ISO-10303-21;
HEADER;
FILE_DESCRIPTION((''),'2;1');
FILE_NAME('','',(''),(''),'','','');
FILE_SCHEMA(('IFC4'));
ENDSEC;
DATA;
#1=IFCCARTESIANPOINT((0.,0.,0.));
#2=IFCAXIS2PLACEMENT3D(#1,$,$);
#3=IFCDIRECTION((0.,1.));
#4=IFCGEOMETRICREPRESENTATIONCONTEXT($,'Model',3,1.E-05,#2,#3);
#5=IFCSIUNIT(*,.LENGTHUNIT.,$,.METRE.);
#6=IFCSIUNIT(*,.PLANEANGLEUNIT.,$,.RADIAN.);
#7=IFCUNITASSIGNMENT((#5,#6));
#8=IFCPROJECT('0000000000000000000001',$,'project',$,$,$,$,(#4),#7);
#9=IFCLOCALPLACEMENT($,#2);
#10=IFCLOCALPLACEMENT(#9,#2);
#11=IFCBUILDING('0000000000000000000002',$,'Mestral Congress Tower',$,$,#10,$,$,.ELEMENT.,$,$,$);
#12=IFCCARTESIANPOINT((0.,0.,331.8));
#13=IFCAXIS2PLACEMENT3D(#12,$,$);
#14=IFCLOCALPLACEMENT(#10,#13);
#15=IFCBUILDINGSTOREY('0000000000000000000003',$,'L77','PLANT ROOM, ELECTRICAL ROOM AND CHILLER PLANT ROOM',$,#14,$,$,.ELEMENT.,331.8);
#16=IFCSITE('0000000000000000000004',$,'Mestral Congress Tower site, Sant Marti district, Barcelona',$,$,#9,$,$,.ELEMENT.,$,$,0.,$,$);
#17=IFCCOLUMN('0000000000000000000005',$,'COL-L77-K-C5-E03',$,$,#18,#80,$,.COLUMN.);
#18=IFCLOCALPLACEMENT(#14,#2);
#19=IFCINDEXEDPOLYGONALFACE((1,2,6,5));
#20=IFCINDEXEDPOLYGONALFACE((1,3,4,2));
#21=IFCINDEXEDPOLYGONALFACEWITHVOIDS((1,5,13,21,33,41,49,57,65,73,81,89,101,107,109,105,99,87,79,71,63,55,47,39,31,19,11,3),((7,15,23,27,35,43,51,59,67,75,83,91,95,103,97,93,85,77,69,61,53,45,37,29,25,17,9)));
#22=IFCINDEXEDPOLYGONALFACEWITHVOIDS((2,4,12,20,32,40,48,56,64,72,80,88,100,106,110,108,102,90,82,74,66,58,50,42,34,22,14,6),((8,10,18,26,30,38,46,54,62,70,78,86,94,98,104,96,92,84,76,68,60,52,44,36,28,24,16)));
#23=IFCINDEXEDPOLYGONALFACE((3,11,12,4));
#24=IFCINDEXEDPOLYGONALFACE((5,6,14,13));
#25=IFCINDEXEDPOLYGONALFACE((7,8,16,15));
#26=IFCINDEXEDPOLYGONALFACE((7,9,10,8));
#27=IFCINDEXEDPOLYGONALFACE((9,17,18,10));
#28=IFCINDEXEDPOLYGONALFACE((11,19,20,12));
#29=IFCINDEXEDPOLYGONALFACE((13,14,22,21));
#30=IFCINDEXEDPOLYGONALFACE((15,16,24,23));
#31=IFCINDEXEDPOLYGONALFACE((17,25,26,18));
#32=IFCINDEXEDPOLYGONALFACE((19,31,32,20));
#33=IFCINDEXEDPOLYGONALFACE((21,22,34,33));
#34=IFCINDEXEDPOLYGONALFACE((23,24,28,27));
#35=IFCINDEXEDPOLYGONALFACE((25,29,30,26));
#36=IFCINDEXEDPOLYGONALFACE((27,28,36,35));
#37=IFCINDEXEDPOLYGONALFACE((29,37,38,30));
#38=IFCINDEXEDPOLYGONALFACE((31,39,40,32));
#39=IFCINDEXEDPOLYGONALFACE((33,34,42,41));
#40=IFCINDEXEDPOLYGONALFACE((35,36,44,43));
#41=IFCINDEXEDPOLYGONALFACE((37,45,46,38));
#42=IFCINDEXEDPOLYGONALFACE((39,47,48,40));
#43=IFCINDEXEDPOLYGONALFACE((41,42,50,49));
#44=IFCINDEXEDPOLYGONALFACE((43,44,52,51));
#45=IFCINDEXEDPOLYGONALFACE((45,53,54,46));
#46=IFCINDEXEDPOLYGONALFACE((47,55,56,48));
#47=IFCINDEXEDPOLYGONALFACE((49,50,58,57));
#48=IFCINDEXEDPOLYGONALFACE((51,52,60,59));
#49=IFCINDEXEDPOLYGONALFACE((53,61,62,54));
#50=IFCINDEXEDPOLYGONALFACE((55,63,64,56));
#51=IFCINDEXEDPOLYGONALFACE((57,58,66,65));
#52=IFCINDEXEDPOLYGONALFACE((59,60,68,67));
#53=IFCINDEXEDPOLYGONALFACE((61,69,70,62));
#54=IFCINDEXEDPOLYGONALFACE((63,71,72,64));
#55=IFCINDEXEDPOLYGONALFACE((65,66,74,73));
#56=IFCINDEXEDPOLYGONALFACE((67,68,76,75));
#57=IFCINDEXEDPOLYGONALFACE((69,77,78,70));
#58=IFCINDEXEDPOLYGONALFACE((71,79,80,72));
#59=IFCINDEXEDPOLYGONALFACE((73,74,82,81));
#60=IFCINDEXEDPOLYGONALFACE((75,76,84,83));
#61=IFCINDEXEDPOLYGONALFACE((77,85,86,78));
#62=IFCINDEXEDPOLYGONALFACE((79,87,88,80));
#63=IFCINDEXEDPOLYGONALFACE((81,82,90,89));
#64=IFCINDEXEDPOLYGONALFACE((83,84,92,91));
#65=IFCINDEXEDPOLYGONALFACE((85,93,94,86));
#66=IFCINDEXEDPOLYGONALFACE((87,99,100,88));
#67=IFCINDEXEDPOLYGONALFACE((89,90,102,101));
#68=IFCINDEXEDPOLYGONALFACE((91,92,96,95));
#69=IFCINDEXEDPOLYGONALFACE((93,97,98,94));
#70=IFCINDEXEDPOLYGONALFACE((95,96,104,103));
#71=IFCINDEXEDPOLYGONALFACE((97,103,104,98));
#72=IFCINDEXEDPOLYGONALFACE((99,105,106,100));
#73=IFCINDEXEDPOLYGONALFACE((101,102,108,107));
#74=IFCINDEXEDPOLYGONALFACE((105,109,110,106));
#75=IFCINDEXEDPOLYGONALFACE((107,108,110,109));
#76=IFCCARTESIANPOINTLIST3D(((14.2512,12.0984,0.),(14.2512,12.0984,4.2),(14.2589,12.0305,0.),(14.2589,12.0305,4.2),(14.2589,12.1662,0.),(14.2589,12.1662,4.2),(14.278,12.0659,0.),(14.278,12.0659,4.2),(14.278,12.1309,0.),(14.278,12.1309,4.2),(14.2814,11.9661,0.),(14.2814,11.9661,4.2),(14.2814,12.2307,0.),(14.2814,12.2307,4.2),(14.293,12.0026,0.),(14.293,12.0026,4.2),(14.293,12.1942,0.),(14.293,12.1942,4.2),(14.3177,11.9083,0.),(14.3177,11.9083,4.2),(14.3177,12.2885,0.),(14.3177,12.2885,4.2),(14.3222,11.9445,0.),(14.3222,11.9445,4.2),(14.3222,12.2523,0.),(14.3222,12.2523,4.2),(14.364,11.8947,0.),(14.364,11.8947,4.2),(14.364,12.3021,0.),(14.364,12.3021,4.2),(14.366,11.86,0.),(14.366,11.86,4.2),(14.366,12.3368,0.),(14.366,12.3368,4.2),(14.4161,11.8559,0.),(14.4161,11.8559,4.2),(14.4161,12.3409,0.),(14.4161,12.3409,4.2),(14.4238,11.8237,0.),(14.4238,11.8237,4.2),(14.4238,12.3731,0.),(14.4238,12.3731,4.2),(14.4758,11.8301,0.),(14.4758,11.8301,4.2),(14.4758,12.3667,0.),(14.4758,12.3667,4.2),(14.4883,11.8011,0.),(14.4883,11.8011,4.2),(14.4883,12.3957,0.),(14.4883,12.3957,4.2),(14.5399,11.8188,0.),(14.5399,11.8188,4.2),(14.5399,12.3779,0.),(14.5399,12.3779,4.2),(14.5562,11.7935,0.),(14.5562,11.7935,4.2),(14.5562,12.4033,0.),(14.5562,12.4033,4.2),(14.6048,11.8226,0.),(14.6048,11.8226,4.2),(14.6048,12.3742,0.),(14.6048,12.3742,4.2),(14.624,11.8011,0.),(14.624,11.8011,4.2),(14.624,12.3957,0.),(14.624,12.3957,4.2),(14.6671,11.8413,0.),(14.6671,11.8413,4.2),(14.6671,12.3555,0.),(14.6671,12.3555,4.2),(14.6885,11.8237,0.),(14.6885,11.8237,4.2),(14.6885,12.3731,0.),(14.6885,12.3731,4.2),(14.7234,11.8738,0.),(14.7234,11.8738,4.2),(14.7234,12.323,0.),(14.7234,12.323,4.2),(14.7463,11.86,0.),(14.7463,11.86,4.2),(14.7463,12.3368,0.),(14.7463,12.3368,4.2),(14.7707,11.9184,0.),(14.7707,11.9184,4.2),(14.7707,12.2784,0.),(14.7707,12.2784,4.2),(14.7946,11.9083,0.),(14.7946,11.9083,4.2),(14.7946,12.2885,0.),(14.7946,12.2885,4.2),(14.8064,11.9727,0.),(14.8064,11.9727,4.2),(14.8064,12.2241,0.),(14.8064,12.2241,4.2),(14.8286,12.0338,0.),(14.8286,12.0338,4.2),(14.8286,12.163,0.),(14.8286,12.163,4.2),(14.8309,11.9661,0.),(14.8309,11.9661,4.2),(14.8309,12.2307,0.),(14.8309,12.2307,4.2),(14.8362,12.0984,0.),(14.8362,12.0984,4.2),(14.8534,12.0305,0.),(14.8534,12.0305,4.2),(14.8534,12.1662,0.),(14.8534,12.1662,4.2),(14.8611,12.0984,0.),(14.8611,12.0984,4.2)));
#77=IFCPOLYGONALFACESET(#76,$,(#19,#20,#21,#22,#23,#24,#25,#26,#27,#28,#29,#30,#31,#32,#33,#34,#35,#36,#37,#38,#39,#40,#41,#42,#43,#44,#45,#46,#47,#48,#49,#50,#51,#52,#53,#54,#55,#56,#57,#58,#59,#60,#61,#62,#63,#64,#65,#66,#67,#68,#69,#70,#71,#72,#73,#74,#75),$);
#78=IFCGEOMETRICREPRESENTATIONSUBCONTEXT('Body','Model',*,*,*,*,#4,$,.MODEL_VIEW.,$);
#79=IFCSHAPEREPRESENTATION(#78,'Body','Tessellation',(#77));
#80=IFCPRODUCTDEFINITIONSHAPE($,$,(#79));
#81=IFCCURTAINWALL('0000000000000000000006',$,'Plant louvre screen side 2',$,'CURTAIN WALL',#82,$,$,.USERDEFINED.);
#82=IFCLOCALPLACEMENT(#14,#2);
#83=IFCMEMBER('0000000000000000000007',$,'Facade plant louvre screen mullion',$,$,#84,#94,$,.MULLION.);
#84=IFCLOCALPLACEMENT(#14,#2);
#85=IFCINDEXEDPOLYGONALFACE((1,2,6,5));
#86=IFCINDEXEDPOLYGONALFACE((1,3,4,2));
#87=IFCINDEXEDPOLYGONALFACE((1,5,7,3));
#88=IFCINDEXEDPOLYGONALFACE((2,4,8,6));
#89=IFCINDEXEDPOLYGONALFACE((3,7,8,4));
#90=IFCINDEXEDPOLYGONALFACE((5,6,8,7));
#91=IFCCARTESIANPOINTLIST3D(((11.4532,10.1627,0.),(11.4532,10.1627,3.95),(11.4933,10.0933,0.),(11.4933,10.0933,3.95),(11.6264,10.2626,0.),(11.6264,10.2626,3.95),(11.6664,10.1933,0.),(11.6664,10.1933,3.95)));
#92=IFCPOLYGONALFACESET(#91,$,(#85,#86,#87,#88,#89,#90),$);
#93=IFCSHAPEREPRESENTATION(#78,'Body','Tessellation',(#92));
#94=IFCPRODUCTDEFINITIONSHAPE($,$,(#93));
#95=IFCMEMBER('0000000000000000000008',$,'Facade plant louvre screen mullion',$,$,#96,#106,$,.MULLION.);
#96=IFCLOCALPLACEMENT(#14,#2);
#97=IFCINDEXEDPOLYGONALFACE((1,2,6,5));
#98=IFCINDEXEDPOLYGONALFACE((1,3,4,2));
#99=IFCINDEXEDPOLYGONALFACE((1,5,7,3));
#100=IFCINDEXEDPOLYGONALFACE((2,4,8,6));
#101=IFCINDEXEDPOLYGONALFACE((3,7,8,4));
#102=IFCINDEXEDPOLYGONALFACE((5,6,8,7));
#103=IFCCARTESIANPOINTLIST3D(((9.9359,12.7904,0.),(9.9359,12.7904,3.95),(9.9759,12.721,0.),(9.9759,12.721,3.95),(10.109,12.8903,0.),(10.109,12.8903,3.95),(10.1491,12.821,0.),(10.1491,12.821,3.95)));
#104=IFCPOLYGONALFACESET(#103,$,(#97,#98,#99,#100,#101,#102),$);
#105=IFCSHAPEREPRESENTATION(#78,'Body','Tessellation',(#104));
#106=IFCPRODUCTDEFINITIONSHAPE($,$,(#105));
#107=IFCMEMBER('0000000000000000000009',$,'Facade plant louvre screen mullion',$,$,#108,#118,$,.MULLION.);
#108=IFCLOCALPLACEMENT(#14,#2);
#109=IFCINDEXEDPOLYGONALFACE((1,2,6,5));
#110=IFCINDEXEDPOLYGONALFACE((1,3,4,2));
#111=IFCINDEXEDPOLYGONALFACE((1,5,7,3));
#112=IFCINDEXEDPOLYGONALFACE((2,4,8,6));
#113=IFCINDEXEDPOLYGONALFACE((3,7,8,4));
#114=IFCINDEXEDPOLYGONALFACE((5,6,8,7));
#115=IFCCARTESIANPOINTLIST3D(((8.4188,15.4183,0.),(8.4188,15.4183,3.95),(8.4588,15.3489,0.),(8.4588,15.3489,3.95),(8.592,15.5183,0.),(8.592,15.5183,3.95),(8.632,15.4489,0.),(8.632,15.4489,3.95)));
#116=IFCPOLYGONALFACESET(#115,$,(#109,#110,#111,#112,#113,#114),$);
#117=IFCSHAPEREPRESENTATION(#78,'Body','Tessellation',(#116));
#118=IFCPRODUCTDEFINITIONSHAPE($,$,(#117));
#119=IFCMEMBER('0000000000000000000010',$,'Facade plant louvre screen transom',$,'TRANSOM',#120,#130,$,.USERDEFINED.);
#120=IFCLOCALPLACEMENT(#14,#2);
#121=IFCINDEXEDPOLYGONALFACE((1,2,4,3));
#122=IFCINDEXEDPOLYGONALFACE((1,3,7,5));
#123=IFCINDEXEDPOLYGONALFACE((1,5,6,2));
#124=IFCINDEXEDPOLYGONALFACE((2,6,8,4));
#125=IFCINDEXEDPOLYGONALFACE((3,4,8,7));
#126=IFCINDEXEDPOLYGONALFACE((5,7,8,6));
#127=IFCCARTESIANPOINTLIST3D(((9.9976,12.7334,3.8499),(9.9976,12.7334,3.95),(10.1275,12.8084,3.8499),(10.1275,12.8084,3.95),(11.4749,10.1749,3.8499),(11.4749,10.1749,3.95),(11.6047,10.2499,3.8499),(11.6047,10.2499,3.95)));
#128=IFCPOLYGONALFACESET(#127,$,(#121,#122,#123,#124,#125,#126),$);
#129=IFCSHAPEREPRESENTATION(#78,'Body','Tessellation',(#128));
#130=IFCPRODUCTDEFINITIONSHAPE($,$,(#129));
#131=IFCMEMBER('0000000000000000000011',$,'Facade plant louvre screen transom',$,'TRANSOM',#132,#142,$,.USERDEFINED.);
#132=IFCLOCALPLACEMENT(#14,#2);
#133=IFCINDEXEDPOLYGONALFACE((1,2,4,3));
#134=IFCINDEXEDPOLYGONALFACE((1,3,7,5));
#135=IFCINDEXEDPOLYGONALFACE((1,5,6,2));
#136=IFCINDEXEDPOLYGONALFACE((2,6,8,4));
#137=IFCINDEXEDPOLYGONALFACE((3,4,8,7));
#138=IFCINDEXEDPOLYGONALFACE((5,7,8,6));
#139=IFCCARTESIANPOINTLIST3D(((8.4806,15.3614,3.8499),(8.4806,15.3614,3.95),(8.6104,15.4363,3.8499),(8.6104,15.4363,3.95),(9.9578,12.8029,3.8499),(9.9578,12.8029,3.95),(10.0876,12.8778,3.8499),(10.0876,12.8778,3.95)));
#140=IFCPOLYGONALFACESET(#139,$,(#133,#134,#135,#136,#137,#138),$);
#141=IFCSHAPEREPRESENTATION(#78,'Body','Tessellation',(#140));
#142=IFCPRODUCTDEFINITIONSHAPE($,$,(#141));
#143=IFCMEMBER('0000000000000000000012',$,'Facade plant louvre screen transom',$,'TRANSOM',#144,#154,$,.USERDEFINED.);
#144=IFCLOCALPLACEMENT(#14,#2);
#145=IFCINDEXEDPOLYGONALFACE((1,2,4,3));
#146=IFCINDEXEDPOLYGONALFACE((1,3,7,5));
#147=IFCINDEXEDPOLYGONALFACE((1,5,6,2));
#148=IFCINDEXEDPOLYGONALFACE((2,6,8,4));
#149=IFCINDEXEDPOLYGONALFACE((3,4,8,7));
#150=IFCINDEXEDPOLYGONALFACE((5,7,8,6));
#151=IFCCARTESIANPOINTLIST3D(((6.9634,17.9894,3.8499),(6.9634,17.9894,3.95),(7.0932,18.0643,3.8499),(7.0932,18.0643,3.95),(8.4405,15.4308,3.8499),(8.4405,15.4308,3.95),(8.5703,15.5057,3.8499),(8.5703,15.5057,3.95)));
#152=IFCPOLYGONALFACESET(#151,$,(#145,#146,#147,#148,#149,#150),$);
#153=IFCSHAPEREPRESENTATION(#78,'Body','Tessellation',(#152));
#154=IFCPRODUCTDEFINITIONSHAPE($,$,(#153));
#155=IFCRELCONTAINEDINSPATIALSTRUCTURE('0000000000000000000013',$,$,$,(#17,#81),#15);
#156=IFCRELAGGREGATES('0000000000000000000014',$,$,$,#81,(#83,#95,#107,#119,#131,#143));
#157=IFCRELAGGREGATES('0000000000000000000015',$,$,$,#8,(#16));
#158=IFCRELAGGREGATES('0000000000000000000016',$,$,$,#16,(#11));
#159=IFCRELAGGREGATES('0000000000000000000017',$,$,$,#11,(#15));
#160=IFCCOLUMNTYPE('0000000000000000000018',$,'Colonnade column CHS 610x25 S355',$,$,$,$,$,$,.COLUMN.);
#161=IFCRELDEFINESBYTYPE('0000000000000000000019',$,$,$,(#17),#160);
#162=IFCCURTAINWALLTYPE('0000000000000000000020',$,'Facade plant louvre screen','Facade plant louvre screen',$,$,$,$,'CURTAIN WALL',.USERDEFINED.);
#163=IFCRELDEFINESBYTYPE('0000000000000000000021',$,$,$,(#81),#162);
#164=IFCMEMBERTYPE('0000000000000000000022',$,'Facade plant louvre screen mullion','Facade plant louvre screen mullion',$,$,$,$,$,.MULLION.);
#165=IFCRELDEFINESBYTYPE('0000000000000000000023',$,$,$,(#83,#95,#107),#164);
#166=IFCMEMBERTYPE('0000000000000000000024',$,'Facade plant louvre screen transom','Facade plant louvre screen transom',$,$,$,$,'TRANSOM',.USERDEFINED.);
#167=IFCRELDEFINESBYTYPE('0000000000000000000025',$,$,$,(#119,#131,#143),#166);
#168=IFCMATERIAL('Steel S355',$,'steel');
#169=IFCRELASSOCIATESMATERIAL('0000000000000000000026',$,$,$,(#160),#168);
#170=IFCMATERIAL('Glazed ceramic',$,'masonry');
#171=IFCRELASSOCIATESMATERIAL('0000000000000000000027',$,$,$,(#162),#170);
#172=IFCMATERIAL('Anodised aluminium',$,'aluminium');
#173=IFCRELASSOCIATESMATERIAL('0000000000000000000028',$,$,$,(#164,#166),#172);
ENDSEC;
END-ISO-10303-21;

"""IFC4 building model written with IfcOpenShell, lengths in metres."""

from ifc_helpers import new_model, si_unit, direction, frame, origin, origin_2d, place, context, subcontext, project, spatial, rectangle, hollow_circle, extrude, material, material_profile, profile_set, type_object, element, aggregate, save


model = new_model("IFC4")

# Units and contexts
model_context = context("Model", 3, precision=1e-05, world=origin(), true_north=direction((0.0, 1.0)))
body_context = subcontext(model_context, "Body", "Model", "MODEL_VIEW")
ifc_project = project(units=[si_unit("LENGTHUNIT", "METRE"), si_unit("PLANEANGLEUNIT", "RADIAN")], contexts=[model_context])

# Site, building, storey
site_placement = place(None, origin())
site = spatial("IfcSite", under=ifc_project, at=site_placement, Name="Mestral Congress Tower site, Sant Marti district, Barcelona", CompositionType="ELEMENT", RefElevation=0.0)
building_placement = place(site_placement, origin())
building = spatial("IfcBuilding", under=site, at=building_placement, Name="Mestral Congress Tower", CompositionType="ELEMENT")
storey_placement = place(building_placement, frame((0.0, 0.0, 331.8)))
storey = spatial("IfcBuildingStorey", under=building, at=storey_placement, Name="L77", Description="PLANT ROOM, ELECTRICAL ROOM AND CHILLER PLANT ROOM", CompositionType="ELEMENT", Elevation=331.8)

# Column
ifc_material_1 = material(Name="Steel S355", Category="steel")
ifc_material_profile_1 = material_profile(ifc_material_1, hollow_circle(Radius=0.3049, WallThickness=0.0249, at=origin_2d()), Name="CHS 610x25")
ifc_profile_set_1 = profile_set([ifc_material_profile_1], Name="Steel S355")
column_type = type_object("IfcColumnType", Name="Colonnade column CHS 610x25 S355", PredefinedType="COLUMN", material=ifc_profile_set_1)
column_placement = place(storey_placement, frame((14.5562, 12.0984, 0.0), z_axis=(0.0, 0.0, 1.0), x_axis=(1.0, 0.0, 0.0)))
element("IfcColumn", 1, at=column_placement, inside=storey, type_object=column_type, Name="COL-L77-K-C5-E03", PredefinedType="COLUMN", context=body_context, shape_type="SweptSolid", body=[
    extrude(hollow_circle(Radius=0.3049, WallThickness=0.0249, at=origin_2d()), origin(), (0.0, 0.0, 1.0), 4.2),
])

# Curtain wall, members
ifc_material_2 = material(Name="Glazed ceramic", Category="masonry")
curtain_wall_type = type_object("IfcCurtainWallType", Name="Facade plant louvre screen", Description="Facade plant louvre screen", ElementType="CURTAIN WALL", PredefinedType="USERDEFINED", material=ifc_material_2)
placement = place(storey_placement, origin())
curtain_wall = element("IfcCurtainWall", 2, at=placement, inside=storey, type_object=curtain_wall_type, Name="Plant louvre screen side 2", ObjectType="CURTAIN WALL", PredefinedType="USERDEFINED")
ifc_material_3 = material(Name="Anodised aluminium", Category="aluminium")
ifc_material_profile_2 = material_profile(ifc_material_3, rectangle(XDim=0.2, YDim=0.0801, at=origin_2d()), Name="CW6 mullion 200 x 80")
ifc_profile_set_2 = profile_set([ifc_material_profile_2], Name="Anodised aluminium")
member_type_1 = type_object("IfcMemberType", Name="Facade plant louvre screen mullion", Description="Facade plant louvre screen mullion", PredefinedType="MULLION", material=ifc_profile_set_2)
member_1_placement = place(storey_placement, frame((11.5598, 10.178, 0.0), z_axis=(0.0, 0.0, 1.0), x_axis=(0.866025, 0.500002, 0.0)))
member_1 = element("IfcMember", 3, at=member_1_placement, type_object=member_type_1, Name="Facade plant louvre screen mullion", PredefinedType="MULLION", context=body_context, shape_type="SweptSolid", body=[
    extrude(rectangle(XDim=0.2, YDim=0.0801, at=origin_2d()), origin(), (0.0, 0.0, 1.0), 3.95),
])
member_2_placement = place(storey_placement, frame((10.0425, 12.8057, 0.0), z_axis=(0.0, 0.0, 1.0), x_axis=(0.866025, 0.500002, 0.0)))
member_2 = element("IfcMember", 4, at=member_2_placement, type_object=member_type_1, Name="Facade plant louvre screen mullion", PredefinedType="MULLION", context=body_context, shape_type="SweptSolid", body=[
    extrude(rectangle(XDim=0.2, YDim=0.0801, at=origin_2d()), origin(), (0.0, 0.0, 1.0), 3.95),
])
member_3_placement = place(storey_placement, frame((8.5254, 15.4336, 0.0), z_axis=(0.0, 0.0, 1.0), x_axis=(0.866025, 0.500002, 0.0)))
member_3 = element("IfcMember", 5, at=member_3_placement, type_object=member_type_1, Name="Facade plant louvre screen mullion", PredefinedType="MULLION", context=body_context, shape_type="SweptSolid", body=[
    extrude(rectangle(XDim=0.2, YDim=0.0801, at=origin_2d()), origin(), (0.0, 0.0, 1.0), 3.95),
])
ifc_material_profile_3 = material_profile(ifc_material_3, rectangle(XDim=0.1499, YDim=0.1001, at=origin_2d()), Name="CW6 transom 150 x 100")
ifc_profile_set_3 = profile_set([ifc_material_profile_3], Name="Anodised aluminium")
member_type_2 = type_object("IfcMemberType", Name="Facade plant louvre screen transom", Description="Facade plant louvre screen transom", ElementType="TRANSOM", PredefinedType="USERDEFINED", material=ifc_profile_set_3)
member_4_placement = place(storey_placement, frame((11.5398, 10.2124, 3.8999), z_axis=(-0.500023, 0.866012, 0.0), x_axis=(-0.866012, -0.500023, 0.0)))
member_4 = element("IfcMember", 6, at=member_4_placement, type_object=member_type_2, Name="Facade plant louvre screen transom", ObjectType="TRANSOM", PredefinedType="USERDEFINED", context=body_context, shape_type="SweptSolid", body=[
    extrude(rectangle(XDim=0.1499, YDim=0.1001, at=origin_2d()), origin(), (0.0, 0.0, 1.0), 2.9543),
])
member_5_placement = place(storey_placement, frame((10.0227, 12.8403, 3.8999), z_axis=(-0.500023, 0.866012, 0.0), x_axis=(-0.866012, -0.500023, 0.0)))
member_5 = element("IfcMember", 7, at=member_5_placement, type_object=member_type_2, Name="Facade plant louvre screen transom", ObjectType="TRANSOM", PredefinedType="USERDEFINED", context=body_context, shape_type="SweptSolid", body=[
    extrude(rectangle(XDim=0.1499, YDim=0.1001, at=origin_2d()), origin(), (0.0, 0.0, 1.0), 2.9543),
])
member_6_placement = place(storey_placement, frame((8.5054, 15.4683, 3.8999), z_axis=(-0.499961, 0.866048, 0.0), x_axis=(-0.866048, -0.499961, 0.0)))
member_6 = element("IfcMember", 8, at=member_6_placement, type_object=member_type_2, Name="Facade plant louvre screen transom", ObjectType="TRANSOM", PredefinedType="USERDEFINED", context=body_context, shape_type="SweptSolid", body=[
    extrude(rectangle(XDim=0.1499, YDim=0.1001, at=origin_2d()), origin(), (0.0, 0.0, 1.0), 2.9543),
])

aggregate(curtain_wall, [member_1, member_2, member_3, member_4, member_5, member_6])

save(model, "model.ifc")
